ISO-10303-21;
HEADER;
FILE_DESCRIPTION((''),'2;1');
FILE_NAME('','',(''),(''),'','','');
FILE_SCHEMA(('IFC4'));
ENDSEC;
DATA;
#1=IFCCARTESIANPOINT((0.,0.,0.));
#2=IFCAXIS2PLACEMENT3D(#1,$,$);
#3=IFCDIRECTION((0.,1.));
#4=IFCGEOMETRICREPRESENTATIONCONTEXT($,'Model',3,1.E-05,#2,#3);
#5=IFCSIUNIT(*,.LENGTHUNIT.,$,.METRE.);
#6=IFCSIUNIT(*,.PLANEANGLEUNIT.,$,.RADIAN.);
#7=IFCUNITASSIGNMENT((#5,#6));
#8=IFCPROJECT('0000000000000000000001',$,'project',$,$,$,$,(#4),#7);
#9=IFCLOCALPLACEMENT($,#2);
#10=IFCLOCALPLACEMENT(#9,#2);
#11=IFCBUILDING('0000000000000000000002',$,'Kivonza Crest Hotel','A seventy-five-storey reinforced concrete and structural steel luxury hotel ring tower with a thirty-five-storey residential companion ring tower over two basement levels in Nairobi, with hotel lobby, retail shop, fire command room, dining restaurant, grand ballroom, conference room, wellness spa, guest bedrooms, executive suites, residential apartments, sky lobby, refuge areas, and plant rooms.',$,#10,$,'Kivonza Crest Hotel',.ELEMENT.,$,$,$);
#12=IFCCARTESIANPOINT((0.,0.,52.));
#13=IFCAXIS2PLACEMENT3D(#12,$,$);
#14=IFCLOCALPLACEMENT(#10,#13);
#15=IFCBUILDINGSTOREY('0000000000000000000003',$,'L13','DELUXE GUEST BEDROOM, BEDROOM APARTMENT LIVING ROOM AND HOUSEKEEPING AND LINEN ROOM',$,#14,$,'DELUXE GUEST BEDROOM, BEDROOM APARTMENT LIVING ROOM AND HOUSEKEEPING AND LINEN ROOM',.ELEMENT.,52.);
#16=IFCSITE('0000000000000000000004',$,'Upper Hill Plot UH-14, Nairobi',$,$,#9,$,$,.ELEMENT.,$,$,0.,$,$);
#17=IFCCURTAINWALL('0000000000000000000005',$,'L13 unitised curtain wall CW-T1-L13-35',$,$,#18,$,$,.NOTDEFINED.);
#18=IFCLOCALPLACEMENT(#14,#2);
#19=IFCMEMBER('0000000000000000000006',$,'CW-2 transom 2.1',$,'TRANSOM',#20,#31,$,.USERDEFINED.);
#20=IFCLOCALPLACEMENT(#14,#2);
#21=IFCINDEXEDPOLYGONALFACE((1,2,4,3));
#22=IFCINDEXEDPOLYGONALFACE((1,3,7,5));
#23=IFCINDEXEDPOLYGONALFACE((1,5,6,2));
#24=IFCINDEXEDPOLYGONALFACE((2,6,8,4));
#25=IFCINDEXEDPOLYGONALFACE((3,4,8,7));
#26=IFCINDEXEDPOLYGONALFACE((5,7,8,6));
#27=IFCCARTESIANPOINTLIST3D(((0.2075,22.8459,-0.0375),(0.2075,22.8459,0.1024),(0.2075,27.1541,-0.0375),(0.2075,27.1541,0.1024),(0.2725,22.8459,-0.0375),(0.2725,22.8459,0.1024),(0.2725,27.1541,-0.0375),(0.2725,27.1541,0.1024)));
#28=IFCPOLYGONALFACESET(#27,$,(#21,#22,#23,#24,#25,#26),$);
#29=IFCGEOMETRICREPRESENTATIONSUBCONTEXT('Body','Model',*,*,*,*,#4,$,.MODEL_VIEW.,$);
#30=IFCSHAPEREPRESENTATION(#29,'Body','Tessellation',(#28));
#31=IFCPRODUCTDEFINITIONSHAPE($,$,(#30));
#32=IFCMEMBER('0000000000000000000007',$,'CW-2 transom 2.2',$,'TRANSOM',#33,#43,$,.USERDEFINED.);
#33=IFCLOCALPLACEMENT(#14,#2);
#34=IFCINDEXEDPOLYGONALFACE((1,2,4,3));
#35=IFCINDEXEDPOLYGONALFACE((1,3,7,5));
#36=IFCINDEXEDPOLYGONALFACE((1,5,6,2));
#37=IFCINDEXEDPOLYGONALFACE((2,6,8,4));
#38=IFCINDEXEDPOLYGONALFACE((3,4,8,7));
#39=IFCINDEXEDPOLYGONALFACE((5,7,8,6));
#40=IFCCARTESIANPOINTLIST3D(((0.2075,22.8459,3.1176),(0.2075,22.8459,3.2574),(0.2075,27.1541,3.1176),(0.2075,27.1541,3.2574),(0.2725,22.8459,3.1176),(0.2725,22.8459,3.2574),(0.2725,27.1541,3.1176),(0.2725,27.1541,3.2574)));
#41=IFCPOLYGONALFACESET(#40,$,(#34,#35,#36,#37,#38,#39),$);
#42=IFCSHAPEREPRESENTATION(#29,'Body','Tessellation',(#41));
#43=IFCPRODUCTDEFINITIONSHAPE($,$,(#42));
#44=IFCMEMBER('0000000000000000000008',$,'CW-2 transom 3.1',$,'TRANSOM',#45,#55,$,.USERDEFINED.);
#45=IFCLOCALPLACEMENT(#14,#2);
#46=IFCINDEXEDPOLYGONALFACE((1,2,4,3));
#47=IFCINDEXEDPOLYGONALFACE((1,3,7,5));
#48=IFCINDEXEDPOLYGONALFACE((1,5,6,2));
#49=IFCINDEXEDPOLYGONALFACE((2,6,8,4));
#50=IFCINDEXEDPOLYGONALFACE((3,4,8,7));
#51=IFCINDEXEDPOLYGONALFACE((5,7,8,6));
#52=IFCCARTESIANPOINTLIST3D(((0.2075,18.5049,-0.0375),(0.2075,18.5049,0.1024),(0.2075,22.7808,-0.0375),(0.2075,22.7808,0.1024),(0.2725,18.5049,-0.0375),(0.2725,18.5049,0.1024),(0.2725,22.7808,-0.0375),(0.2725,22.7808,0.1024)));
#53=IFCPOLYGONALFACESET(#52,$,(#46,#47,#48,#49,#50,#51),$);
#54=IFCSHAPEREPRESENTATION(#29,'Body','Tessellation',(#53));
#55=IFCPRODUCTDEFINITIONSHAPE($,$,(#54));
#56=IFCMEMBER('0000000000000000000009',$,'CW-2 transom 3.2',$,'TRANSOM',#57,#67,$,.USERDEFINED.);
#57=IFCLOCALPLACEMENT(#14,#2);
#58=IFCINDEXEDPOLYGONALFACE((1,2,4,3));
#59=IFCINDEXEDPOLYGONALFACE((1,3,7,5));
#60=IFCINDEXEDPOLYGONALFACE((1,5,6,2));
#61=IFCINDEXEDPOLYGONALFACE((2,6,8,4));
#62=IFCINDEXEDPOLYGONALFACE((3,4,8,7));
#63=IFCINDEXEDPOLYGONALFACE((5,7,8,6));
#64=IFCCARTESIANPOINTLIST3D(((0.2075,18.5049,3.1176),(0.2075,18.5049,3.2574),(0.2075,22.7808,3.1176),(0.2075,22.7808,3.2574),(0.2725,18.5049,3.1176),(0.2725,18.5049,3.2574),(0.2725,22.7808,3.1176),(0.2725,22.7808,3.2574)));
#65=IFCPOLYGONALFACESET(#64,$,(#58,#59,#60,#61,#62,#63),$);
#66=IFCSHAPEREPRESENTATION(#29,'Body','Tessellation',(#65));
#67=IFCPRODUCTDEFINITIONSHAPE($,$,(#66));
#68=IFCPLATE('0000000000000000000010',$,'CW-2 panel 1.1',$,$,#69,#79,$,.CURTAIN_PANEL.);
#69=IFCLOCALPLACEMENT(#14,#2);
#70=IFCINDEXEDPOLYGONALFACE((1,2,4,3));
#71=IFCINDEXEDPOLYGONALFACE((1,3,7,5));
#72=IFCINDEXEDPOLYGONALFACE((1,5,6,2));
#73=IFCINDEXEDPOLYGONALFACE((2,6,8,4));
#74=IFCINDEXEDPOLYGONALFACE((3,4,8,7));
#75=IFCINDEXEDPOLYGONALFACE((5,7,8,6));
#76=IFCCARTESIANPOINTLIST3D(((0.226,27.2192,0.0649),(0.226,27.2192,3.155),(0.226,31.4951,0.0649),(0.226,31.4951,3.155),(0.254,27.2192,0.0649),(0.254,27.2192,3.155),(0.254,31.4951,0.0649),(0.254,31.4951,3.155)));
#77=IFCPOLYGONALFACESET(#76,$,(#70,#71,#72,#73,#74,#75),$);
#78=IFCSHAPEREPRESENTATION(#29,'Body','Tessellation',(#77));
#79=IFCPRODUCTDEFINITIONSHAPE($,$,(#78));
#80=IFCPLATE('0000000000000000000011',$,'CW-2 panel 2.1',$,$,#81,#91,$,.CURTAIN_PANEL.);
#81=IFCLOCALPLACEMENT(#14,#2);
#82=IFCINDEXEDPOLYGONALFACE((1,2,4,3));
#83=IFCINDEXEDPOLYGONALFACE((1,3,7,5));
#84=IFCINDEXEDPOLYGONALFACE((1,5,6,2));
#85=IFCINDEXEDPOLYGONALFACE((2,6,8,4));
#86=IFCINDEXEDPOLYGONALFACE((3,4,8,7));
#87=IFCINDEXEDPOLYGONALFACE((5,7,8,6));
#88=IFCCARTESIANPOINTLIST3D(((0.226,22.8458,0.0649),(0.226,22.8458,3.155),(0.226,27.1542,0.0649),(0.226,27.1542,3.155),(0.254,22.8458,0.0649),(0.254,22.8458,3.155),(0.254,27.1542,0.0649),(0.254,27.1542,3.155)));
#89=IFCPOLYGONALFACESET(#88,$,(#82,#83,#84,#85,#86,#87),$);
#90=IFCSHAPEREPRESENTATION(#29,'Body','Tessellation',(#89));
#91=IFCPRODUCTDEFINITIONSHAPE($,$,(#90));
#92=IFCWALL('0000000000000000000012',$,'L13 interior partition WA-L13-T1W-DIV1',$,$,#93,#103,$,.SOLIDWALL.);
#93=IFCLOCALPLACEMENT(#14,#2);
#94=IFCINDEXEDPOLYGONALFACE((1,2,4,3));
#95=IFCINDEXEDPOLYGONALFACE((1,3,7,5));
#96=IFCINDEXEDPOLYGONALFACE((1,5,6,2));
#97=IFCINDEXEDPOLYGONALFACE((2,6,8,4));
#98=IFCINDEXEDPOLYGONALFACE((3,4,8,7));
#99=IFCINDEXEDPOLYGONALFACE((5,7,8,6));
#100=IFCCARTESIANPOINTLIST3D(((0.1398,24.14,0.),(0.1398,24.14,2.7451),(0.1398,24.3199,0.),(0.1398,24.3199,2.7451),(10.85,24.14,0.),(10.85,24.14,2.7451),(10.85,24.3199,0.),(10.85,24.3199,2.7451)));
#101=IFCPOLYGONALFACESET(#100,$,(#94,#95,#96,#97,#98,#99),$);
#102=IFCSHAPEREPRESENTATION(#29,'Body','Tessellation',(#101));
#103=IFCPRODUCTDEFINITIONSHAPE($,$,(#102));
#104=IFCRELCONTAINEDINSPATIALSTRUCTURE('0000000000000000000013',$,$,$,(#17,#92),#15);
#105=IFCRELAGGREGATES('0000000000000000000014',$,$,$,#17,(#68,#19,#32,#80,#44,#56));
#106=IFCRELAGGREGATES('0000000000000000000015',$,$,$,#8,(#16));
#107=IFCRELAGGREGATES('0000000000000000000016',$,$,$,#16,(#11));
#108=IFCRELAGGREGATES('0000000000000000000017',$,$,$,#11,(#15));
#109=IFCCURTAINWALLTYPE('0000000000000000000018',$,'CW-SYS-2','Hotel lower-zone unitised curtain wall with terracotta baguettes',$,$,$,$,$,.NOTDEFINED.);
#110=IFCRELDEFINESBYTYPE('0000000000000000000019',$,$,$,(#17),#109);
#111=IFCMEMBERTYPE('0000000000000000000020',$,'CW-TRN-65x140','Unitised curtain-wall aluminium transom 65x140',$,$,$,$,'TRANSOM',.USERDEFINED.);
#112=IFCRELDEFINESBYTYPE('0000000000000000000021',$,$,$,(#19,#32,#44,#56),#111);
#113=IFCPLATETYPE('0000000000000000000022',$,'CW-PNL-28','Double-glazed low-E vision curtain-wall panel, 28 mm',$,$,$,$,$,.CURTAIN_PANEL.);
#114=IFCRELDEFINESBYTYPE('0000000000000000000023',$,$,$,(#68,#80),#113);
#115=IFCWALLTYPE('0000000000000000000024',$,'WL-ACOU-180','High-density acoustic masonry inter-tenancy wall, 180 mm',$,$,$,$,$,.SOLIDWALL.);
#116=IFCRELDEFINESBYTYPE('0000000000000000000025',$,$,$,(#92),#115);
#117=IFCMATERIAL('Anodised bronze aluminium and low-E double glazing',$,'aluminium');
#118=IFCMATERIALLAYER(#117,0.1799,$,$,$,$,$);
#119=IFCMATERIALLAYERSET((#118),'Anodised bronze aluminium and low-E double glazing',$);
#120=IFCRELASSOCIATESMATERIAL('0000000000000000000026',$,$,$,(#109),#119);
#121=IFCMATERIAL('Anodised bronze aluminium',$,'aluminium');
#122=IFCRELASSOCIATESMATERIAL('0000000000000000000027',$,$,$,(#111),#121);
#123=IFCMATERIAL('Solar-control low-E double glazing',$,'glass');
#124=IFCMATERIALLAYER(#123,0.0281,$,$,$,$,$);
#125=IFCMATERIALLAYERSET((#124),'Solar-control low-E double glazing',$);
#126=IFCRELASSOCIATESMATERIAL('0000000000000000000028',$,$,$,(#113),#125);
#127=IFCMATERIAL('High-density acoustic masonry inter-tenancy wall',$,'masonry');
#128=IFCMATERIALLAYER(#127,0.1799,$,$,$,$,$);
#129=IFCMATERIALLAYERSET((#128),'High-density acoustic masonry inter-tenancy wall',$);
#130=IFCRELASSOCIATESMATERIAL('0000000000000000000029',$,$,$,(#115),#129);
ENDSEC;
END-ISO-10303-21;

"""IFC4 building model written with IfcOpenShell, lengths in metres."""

from ifc_helpers import new_model, si_unit, direction, frame, frame_2d, origin, origin_2d, place, context, subcontext, project, spatial, rectangle, extrude, material, layer, layer_set, material_profile, profile_set, type_object, element, aggregate, save


model = new_model("IFC4")

# Units and contexts
model_context = context("Model", 3, precision=1e-05, world=origin(), true_north=direction((0.0, 1.0)))
body_context = subcontext(model_context, "Body", "Model", "MODEL_VIEW")
ifc_project = project(units=[si_unit("LENGTHUNIT", "METRE"), si_unit("PLANEANGLEUNIT", "RADIAN")], contexts=[model_context])

# Site, building, storey
site_placement = place(None, origin())
site = spatial("IfcSite", under=ifc_project, at=site_placement, Name="Upper Hill Plot UH-14, Nairobi", CompositionType="ELEMENT", RefElevation=0.0)
building_placement = place(site_placement, origin())
building = spatial("IfcBuilding", under=site, at=building_placement, Name="Kivonza Crest Hotel", Description="A seventy-five-storey reinforced concrete and structural steel luxury hotel ring tower with a thirty-five-storey residential companion ring tower over two basement levels in Nairobi, with hotel lobby, retail shop, fire command room, dining restaurant, grand ballroom, conference room, wellness spa, guest bedrooms, executive suites, residential apartments, sky lobby, refuge areas, and plant rooms.", LongName="Kivonza Crest Hotel", CompositionType="ELEMENT")
storey_placement = place(building_placement, frame((0.0, 0.0, 52.0)))
storey = spatial("IfcBuildingStorey", under=building, at=storey_placement, Name="L13", Description="DELUXE GUEST BEDROOM, BEDROOM APARTMENT LIVING ROOM AND HOUSEKEEPING AND LINEN ROOM", LongName="DELUXE GUEST BEDROOM, BEDROOM APARTMENT LIVING ROOM AND HOUSEKEEPING AND LINEN ROOM", CompositionType="ELEMENT", Elevation=52.0)

# Curtain wall, members, plates
ifc_material_1 = material(Name="Anodised bronze aluminium and low-E double glazing", Category="aluminium")
ifc_layer_1 = layer(ifc_material_1, 0.1799)
ifc_layer_set_1 = layer_set([ifc_layer_1], Name="Anodised bronze aluminium and low-E double glazing")
curtain_wall_type = type_object("IfcCurtainWallType", Name="CW-SYS-2", Description="Hotel lower-zone unitised curtain wall with terracotta baguettes", PredefinedType="NOTDEFINED", material=ifc_layer_set_1)
curtain_wall_placement = place(storey_placement, origin())
curtain_wall = element("IfcCurtainWall", 1, at=curtain_wall_placement, inside=storey, type_object=curtain_wall_type, Name="L13 unitised curtain wall CW-T1-L13-35", PredefinedType="NOTDEFINED")
ifc_material_2 = material(Name="Anodised bronze aluminium", Category="aluminium")
ifc_material_profile_1 = material_profile(ifc_material_2, rectangle(XDim=0.0649, YDim=0.1399, at=origin_2d()), Name="CW-T 65x140")
ifc_profile_set_1 = profile_set([ifc_material_profile_1], Name="Anodised bronze aluminium")
member_type_1 = type_object("IfcMemberType", Name="CW-TRN-65x140", Description="Unitised curtain-wall aluminium transom 65x140", ElementType="TRANSOM", PredefinedType="USERDEFINED", material=ifc_profile_set_1)
member_1_placement = place(storey_placement, frame((0.24, 27.1541, 0.0325), z_axis=(0.0, -1.0, 0.0), x_axis=(1.0, 0.0, 0.0)))
member_1 = element("IfcMember", 2, at=member_1_placement, type_object=member_type_1, Name="CW-2 transom 2.1", ObjectType="TRANSOM", PredefinedType="USERDEFINED", context=body_context, shape_type="SweptSolid", body=[
    extrude(rectangle(XDim=0.0649, YDim=0.1399, at=origin_2d()), origin(), (0.0, 0.0, 1.0), 4.3081),
])
member_2_placement = place(storey_placement, frame((0.24, 27.1541, 3.1875), z_axis=(0.0, -1.0, 0.0), x_axis=(1.0, 0.0, 0.0)))
member_2 = element("IfcMember", 3, at=member_2_placement, type_object=member_type_1, Name="CW-2 transom 2.2", ObjectType="TRANSOM", PredefinedType="USERDEFINED", context=body_context, shape_type="SweptSolid", body=[
    extrude(rectangle(XDim=0.0649, YDim=0.1399, at=origin_2d()), origin(), (0.0, 0.0, 1.0), 4.3081),
])
member_3_placement = place(storey_placement, frame((0.24, 22.7808, 0.0325), z_axis=(0.0, -1.0, 0.0), x_axis=(1.0, 0.0, 0.0)))
member_3 = element("IfcMember", 4, at=member_3_placement, type_object=member_type_1, Name="CW-2 transom 3.1", ObjectType="TRANSOM", PredefinedType="USERDEFINED", context=body_context, shape_type="SweptSolid", body=[
    extrude(rectangle(XDim=0.0649, YDim=0.1399, at=origin_2d()), origin(), (0.0, 0.0, 1.0), 4.2759),
])
member_4_placement = place(storey_placement, frame((0.24, 22.7808, 3.1875), z_axis=(0.0, -1.0, 0.0), x_axis=(1.0, 0.0, 0.0)))
member_4 = element("IfcMember", 5, at=member_4_placement, type_object=member_type_1, Name="CW-2 transom 3.2", ObjectType="TRANSOM", PredefinedType="USERDEFINED", context=body_context, shape_type="SweptSolid", body=[
    extrude(rectangle(XDim=0.0649, YDim=0.1399, at=origin_2d()), origin(), (0.0, 0.0, 1.0), 4.2759),
])
ifc_material_3 = material(Name="Solar-control low-E double glazing", Category="glass")
ifc_layer_2 = layer(ifc_material_3, 0.0281)
ifc_layer_set_2 = layer_set([ifc_layer_2], Name="Solar-control low-E double glazing")
plate_type = type_object("IfcPlateType", Name="CW-PNL-28", Description="Double-glazed low-E vision curtain-wall panel, 28 mm", PredefinedType="CURTAIN_PANEL", material=ifc_layer_set_2)
plate_1_placement = place(storey_placement, frame((0.24, 29.3572, 0.0649), z_axis=(0.0, 0.0, 1.0), x_axis=(0.0, -1.0, 0.0)))
plate_1 = element("IfcPlate", 6, at=plate_1_placement, type_object=plate_type, Name="CW-2 panel 1.1", PredefinedType="CURTAIN_PANEL", context=body_context, shape_type="SweptSolid", body=[
    extrude(rectangle(XDim=4.2759, YDim=0.0281, at=origin_2d()), origin(), (0.0, 0.0, 1.0), 3.0901),
])
plate_2_placement = place(storey_placement, frame((0.24, 25.0, 0.0649), z_axis=(0.0, 0.0, 1.0), x_axis=(0.0, -1.0, 0.0)))
plate_2 = element("IfcPlate", 7, at=plate_2_placement, type_object=plate_type, Name="CW-2 panel 2.1", PredefinedType="CURTAIN_PANEL", context=body_context, shape_type="SweptSolid", body=[
    extrude(rectangle(XDim=4.3083, YDim=0.0281, at=origin_2d()), origin(), (0.0, 0.0, 1.0), 3.0901),
])
aggregate(curtain_wall, [plate_1, member_1, member_2, plate_2, member_3, member_4])

# Wall
ifc_material_4 = material(Name="High-density acoustic masonry inter-tenancy wall", Category="masonry")
ifc_layer_3 = layer(ifc_material_4, 0.1799)
ifc_layer_set_3 = layer_set([ifc_layer_3], Name="High-density acoustic masonry inter-tenancy wall")
wall_type = type_object("IfcWallType", Name="WL-ACOU-180", Description="High-density acoustic masonry inter-tenancy wall, 180 mm", PredefinedType="SOLIDWALL", material=ifc_layer_set_3)
wall_placement = place(storey_placement, frame((0.1399, 24.23, 0.0), z_axis=(0.0, 0.0, 1.0), x_axis=(1.0, 0.0, 0.0)))
element("IfcWall", 8, at=wall_placement, inside=storey, type_object=wall_type, Name="L13 interior partition WA-L13-T1W-DIV1", PredefinedType="SOLIDWALL", context=body_context, shape_type="SweptSolid", body=[
    extrude(rectangle(XDim=10.7102, YDim=0.1799, at=frame_2d((5.355, 0.0))), origin(), (0.0, 0.0, 1.0), 2.7451),
])

save(model, "model.ifc")
